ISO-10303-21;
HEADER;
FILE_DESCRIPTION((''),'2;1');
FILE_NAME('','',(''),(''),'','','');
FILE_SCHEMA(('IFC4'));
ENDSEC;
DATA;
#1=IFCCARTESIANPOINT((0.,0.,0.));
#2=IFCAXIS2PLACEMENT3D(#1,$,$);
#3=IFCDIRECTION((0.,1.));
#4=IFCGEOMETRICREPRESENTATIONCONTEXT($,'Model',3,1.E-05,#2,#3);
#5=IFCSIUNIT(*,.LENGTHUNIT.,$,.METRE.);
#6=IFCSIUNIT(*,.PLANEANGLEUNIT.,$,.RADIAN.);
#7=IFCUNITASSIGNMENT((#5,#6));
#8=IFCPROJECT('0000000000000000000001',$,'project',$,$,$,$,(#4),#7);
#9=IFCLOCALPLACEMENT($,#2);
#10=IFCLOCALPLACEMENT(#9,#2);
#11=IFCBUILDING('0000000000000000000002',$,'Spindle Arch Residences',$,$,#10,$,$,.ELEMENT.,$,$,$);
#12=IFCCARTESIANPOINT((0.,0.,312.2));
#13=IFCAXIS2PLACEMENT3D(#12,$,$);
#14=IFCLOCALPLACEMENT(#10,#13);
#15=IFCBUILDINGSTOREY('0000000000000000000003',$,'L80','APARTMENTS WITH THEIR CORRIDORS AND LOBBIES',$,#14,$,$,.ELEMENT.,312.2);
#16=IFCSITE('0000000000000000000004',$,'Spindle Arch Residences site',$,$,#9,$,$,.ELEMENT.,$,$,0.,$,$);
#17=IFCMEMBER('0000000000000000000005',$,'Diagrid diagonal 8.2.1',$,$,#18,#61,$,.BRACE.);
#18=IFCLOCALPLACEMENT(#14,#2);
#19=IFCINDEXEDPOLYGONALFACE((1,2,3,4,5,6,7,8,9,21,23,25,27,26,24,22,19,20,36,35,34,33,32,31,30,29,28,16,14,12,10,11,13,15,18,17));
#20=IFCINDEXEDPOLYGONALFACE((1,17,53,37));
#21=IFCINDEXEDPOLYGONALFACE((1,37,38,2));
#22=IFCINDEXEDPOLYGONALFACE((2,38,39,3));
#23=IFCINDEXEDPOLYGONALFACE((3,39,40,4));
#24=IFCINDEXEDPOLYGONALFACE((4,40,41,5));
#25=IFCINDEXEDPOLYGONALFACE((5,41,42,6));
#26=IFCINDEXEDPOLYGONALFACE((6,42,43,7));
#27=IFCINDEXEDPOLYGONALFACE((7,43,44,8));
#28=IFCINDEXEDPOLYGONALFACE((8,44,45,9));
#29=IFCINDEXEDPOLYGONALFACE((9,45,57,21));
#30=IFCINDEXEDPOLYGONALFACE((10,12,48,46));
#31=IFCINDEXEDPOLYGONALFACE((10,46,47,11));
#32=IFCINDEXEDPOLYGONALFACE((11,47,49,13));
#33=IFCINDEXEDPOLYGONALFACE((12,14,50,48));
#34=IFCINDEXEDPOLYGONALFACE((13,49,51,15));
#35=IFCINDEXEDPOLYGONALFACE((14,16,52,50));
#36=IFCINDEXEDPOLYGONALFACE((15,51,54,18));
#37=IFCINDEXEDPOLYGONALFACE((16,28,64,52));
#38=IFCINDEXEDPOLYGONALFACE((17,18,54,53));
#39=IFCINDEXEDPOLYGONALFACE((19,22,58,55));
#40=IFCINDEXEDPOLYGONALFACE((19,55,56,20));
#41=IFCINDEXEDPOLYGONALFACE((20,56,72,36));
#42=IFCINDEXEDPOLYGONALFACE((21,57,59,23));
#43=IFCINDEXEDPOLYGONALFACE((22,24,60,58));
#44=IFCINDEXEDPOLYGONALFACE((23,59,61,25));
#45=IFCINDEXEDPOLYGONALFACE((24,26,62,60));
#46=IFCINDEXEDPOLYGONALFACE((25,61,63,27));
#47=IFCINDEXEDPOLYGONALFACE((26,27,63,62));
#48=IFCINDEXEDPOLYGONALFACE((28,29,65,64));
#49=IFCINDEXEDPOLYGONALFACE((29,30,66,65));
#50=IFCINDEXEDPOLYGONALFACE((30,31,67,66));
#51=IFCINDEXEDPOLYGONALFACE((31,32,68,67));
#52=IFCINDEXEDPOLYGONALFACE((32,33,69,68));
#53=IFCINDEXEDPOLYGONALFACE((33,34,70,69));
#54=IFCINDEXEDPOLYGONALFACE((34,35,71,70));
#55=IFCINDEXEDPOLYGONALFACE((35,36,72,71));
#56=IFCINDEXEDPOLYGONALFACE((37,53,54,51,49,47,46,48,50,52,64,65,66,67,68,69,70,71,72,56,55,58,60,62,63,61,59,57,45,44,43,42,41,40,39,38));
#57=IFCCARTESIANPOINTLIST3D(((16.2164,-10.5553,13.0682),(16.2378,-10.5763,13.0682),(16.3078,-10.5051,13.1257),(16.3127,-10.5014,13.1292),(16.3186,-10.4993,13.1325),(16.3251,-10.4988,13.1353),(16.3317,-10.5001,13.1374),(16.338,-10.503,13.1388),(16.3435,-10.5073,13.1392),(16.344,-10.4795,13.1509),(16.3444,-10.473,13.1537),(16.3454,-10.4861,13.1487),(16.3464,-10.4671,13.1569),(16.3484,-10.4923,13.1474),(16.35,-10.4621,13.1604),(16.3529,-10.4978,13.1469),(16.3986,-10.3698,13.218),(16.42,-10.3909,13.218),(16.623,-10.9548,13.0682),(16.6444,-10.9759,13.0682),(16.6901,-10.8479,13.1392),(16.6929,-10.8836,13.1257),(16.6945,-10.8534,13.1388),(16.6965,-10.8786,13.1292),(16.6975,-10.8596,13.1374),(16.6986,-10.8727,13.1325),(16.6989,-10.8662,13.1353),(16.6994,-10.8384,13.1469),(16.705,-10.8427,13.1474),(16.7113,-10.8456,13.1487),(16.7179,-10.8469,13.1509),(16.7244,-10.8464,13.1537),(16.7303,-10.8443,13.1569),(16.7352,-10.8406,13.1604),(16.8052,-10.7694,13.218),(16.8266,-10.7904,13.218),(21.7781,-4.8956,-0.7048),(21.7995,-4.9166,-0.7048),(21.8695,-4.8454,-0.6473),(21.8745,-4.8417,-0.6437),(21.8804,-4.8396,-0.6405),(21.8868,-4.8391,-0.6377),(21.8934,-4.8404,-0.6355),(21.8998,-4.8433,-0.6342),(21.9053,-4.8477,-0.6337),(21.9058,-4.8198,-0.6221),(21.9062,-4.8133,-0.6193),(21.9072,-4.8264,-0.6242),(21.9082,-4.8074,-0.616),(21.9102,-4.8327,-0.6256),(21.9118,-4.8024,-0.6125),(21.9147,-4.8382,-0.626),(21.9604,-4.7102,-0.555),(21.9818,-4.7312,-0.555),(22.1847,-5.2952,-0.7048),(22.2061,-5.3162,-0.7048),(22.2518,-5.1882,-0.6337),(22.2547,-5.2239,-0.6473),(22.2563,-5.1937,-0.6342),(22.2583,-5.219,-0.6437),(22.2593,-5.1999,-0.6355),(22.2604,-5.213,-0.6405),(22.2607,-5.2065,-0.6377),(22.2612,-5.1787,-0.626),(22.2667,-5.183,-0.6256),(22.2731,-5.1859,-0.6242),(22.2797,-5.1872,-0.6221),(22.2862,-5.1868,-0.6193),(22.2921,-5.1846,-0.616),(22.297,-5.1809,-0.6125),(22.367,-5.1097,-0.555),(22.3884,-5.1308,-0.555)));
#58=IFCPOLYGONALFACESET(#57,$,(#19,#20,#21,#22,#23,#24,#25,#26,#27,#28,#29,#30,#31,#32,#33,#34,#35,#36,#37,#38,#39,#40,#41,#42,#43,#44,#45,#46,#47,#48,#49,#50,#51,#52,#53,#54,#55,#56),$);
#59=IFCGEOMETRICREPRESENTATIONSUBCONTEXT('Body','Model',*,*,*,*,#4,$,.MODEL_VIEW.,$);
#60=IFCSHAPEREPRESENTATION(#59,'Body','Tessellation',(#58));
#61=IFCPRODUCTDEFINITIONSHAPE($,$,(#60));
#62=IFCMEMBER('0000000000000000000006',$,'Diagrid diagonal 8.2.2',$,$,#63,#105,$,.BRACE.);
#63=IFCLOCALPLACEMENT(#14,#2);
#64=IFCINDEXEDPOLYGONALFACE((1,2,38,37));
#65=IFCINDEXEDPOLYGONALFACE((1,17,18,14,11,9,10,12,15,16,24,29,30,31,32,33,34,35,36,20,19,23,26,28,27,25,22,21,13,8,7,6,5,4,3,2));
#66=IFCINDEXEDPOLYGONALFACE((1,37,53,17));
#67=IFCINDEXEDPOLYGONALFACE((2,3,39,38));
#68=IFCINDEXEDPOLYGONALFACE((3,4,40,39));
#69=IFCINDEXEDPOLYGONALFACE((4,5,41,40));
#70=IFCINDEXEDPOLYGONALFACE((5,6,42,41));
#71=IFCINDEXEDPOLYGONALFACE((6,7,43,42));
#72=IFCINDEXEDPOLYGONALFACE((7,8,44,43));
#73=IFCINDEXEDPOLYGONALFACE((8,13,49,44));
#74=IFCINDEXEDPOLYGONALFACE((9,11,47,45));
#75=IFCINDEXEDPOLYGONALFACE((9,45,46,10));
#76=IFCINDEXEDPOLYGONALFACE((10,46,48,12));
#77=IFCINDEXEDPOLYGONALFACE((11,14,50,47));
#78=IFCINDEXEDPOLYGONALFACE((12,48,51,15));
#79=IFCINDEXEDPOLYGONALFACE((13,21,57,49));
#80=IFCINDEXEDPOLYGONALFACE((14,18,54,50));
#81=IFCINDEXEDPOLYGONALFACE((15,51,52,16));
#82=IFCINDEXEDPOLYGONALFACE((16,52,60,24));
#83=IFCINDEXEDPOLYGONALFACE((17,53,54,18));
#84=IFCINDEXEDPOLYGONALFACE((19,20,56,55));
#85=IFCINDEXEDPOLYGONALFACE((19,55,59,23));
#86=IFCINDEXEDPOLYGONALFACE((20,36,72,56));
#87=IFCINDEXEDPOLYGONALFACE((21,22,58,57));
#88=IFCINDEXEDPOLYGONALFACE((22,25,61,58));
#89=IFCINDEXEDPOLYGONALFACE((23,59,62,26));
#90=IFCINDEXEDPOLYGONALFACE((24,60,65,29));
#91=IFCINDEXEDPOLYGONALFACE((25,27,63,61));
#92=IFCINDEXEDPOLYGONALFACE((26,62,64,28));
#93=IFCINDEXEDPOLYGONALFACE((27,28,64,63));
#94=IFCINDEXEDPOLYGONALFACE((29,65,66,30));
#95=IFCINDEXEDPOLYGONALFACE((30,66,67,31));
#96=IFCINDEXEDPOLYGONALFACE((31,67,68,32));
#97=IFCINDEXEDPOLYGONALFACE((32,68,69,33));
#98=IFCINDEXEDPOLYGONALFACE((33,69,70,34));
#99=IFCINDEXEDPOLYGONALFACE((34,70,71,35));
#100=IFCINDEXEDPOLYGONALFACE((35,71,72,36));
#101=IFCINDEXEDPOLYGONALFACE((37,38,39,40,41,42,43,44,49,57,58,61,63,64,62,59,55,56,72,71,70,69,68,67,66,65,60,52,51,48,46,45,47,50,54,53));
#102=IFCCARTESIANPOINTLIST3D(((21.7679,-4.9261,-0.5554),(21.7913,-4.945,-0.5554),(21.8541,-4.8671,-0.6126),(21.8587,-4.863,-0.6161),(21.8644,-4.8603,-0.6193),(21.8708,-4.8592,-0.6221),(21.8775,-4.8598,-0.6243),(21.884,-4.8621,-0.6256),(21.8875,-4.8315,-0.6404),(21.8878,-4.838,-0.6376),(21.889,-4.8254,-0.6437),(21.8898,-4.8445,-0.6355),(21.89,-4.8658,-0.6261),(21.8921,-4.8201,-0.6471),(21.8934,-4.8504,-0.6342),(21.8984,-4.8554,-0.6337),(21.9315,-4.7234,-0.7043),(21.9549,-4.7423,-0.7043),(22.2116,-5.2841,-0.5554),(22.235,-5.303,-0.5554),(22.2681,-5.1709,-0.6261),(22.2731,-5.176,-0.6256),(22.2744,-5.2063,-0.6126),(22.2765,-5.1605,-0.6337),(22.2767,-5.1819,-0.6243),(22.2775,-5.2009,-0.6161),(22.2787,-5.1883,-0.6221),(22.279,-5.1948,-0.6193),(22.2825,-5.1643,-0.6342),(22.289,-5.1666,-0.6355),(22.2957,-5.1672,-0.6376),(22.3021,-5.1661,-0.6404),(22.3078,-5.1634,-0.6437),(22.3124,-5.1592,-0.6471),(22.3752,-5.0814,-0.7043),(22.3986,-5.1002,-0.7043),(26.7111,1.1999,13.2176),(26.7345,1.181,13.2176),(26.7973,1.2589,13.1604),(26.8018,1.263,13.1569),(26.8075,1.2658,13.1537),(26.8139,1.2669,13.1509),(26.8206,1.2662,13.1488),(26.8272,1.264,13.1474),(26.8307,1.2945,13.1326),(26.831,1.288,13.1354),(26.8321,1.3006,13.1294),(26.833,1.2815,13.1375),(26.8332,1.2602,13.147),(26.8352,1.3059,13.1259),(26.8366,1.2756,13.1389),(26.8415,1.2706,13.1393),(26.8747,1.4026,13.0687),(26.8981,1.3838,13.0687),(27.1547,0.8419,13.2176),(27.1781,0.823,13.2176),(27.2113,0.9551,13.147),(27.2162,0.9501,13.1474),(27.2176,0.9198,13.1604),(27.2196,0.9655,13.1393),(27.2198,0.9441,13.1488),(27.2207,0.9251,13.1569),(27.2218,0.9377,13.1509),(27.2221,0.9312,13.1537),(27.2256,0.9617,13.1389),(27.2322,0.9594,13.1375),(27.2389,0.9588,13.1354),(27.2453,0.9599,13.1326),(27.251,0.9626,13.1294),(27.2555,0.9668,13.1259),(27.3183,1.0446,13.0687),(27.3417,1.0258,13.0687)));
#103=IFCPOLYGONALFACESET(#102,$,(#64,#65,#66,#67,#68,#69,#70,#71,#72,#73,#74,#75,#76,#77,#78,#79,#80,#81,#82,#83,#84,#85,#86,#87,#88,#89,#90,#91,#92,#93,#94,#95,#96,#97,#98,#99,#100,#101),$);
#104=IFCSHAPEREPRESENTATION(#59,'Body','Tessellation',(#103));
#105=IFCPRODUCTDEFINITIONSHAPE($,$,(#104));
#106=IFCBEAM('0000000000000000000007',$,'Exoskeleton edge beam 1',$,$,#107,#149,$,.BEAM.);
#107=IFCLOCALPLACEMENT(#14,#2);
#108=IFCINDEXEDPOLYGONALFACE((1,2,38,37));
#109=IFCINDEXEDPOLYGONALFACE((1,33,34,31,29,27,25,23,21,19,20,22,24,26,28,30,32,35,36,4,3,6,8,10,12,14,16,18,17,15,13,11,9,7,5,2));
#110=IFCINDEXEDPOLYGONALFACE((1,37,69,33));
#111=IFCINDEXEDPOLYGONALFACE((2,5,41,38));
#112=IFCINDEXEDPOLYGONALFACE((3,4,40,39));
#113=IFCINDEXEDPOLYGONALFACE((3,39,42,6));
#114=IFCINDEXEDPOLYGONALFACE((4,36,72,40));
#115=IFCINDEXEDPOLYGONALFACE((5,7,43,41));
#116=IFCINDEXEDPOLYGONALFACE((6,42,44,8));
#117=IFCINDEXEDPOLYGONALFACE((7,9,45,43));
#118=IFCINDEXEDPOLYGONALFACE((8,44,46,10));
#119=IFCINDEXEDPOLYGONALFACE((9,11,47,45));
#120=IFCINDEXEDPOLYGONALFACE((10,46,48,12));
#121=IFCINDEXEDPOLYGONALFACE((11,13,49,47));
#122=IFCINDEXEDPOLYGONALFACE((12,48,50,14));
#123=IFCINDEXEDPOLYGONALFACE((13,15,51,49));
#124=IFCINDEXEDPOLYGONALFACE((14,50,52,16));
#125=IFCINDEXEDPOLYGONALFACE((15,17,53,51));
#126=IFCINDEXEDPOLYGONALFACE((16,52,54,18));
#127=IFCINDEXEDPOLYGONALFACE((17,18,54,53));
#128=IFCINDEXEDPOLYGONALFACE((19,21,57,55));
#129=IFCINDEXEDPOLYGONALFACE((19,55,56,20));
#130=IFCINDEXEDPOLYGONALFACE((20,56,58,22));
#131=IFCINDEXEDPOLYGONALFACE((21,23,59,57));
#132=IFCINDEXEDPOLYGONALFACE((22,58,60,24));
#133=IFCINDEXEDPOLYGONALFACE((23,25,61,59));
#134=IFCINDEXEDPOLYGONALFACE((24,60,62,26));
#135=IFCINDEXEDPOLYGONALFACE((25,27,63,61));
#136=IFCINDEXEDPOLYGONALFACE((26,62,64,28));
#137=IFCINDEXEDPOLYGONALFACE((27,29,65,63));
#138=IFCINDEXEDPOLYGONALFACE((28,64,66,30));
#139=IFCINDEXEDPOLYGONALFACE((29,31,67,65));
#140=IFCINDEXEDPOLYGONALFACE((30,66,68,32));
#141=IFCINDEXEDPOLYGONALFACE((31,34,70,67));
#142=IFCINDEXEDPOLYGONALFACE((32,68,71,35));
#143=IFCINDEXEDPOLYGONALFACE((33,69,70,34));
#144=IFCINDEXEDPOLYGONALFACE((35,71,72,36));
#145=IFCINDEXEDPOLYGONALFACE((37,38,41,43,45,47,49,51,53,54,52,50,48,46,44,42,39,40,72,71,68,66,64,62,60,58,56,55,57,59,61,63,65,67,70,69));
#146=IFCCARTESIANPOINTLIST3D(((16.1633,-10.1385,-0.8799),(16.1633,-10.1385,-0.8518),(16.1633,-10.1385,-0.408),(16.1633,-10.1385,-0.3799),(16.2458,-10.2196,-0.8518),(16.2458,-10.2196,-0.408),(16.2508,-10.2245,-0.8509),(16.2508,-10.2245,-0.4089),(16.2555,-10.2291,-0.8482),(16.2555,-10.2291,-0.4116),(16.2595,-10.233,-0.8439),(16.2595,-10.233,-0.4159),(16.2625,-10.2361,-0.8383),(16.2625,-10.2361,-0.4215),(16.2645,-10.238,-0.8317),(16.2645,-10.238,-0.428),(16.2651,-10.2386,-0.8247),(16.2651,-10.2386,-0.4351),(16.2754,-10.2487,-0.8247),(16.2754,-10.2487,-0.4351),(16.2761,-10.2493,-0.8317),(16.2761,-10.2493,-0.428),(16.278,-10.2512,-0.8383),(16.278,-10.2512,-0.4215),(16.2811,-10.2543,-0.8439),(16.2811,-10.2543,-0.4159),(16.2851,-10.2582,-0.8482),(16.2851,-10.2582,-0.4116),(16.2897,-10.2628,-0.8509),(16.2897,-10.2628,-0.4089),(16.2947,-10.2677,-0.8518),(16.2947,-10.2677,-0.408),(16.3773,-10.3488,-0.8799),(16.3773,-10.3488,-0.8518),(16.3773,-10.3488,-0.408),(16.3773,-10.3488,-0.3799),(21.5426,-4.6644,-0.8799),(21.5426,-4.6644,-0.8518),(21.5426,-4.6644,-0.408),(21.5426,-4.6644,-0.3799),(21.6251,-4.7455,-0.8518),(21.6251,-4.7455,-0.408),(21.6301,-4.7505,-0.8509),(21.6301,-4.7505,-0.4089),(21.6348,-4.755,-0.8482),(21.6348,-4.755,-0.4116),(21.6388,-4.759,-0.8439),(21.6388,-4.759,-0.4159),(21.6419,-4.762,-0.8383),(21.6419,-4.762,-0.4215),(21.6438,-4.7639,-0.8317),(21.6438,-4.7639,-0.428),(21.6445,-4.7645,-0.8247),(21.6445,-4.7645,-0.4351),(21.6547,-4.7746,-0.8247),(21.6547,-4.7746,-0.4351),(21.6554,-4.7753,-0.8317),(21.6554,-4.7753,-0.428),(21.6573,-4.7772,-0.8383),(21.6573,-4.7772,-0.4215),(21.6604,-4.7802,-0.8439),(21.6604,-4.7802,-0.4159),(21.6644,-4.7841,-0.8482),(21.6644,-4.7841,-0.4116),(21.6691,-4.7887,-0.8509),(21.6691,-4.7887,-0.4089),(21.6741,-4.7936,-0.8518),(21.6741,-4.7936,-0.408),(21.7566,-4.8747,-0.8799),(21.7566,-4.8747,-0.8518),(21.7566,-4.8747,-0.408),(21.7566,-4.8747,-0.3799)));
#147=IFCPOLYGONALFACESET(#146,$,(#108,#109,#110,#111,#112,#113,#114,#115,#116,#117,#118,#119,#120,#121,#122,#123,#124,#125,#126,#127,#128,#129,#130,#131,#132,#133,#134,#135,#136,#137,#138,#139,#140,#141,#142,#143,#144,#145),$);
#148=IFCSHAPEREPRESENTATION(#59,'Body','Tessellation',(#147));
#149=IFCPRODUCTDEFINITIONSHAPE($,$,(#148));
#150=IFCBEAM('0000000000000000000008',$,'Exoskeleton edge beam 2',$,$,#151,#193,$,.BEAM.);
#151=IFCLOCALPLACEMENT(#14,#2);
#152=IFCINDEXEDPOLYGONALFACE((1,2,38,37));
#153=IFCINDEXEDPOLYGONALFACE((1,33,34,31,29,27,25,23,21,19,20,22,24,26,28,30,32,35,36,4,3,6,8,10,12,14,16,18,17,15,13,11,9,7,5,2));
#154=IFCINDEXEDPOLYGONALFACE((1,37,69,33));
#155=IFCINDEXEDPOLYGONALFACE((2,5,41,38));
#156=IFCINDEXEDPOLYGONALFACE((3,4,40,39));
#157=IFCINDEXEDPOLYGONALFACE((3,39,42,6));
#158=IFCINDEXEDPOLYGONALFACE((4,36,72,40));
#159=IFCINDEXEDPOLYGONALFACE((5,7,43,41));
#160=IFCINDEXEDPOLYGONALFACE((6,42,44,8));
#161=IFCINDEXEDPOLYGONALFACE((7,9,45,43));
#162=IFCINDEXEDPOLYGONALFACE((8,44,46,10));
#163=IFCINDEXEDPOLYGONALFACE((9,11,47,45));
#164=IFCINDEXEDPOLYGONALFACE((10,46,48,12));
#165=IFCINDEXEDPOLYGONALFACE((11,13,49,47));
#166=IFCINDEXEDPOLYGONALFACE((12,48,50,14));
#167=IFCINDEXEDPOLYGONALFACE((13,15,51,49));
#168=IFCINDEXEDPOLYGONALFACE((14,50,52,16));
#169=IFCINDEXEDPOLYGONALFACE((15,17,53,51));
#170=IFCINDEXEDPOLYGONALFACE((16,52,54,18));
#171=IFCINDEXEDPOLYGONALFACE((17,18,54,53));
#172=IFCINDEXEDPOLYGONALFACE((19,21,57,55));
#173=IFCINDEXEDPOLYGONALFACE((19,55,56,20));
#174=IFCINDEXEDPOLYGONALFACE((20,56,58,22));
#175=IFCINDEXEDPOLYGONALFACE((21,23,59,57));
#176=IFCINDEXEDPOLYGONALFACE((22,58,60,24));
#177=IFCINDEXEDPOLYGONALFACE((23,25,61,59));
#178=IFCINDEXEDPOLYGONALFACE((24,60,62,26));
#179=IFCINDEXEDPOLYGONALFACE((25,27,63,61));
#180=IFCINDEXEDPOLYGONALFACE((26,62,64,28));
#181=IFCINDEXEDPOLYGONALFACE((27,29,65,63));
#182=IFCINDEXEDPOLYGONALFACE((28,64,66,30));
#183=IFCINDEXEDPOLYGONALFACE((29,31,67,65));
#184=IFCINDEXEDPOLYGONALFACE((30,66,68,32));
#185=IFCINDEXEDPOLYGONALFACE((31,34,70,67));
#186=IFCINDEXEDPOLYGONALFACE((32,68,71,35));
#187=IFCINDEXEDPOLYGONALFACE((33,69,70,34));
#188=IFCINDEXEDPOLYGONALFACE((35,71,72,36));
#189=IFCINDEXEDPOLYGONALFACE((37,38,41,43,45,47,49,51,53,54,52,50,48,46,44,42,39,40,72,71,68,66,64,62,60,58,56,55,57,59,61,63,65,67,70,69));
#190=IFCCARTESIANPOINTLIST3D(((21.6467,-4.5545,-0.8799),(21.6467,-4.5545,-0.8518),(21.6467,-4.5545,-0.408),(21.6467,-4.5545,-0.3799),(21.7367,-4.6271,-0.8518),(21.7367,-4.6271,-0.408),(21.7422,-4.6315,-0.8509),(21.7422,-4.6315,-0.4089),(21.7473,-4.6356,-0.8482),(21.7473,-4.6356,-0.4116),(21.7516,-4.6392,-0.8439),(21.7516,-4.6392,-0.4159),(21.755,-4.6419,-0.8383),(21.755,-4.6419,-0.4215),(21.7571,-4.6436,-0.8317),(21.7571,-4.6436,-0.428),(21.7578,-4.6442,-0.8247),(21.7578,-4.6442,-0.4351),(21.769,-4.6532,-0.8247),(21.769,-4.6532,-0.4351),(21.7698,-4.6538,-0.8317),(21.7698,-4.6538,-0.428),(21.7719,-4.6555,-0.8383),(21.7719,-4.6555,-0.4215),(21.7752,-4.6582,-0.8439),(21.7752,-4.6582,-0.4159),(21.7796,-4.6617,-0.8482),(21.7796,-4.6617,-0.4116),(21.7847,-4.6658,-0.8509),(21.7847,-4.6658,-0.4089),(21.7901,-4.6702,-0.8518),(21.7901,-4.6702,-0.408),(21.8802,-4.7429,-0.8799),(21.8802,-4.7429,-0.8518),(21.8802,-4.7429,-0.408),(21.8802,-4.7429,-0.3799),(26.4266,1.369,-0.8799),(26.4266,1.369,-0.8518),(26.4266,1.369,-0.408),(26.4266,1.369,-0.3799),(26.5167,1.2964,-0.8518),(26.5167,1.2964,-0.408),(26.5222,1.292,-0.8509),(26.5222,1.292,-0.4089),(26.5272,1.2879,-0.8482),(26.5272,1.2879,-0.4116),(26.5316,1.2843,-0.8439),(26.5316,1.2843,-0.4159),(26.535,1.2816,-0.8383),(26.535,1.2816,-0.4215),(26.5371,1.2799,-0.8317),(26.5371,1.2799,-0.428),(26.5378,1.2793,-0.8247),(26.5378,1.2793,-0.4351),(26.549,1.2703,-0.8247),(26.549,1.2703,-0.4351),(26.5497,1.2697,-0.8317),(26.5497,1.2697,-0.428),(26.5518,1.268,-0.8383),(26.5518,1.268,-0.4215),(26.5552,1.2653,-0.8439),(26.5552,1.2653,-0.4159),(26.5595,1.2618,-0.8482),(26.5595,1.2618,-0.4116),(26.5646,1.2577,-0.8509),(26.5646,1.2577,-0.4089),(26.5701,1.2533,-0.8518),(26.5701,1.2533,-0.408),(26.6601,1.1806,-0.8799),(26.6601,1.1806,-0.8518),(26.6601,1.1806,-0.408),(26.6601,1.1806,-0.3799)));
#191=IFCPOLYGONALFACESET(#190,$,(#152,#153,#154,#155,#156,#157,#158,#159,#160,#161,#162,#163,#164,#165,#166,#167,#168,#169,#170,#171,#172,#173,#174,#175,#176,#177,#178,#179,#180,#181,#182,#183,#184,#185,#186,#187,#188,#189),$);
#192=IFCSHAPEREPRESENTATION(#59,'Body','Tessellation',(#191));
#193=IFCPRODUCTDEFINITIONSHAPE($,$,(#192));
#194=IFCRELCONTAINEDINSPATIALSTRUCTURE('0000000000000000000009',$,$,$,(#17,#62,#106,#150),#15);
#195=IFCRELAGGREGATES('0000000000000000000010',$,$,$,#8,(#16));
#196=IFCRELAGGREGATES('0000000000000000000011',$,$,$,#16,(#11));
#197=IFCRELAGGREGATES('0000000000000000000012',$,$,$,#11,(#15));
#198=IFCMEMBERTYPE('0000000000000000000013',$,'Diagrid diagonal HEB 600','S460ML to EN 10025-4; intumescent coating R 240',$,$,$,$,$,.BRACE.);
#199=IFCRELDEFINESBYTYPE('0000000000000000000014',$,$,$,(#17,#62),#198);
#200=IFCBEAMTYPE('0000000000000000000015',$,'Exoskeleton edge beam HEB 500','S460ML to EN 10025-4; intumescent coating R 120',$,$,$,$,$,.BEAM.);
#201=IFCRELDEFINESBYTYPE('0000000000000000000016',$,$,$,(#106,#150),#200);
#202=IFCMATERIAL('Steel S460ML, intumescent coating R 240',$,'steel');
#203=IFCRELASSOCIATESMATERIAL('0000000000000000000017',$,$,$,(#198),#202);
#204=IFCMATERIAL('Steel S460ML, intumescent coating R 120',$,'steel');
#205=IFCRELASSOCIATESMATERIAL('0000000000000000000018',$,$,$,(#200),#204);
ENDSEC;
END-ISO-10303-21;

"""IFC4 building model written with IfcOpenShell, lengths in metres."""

from ifc_helpers import new_model, si_unit, direction, frame, origin, origin_2d, place, context, subcontext, project, spatial, i_section, extrude, material, material_profile, profile_set, type_object, element, save


model = new_model("IFC4")

# Units and contexts
model_context = context("Model", 3, precision=1e-05, world=origin(), true_north=direction((0.0, 1.0)))
body_context = subcontext(model_context, "Body", "Model", "MODEL_VIEW")
ifc_project = project(units=[si_unit("LENGTHUNIT", "METRE"), si_unit("PLANEANGLEUNIT", "RADIAN")], contexts=[model_context])

# Site, building, storey
site_placement = place(None, origin())
site = spatial("IfcSite", under=ifc_project, at=site_placement, Name="Spindle Arch Residences site", CompositionType="ELEMENT", RefElevation=0.0)
building_placement = place(site_placement, origin())
building = spatial("IfcBuilding", under=site, at=building_placement, Name="Spindle Arch Residences", CompositionType="ELEMENT")
storey_placement = place(building_placement, frame((0.0, 0.0, 312.2)))
storey = spatial("IfcBuildingStorey", under=building, at=storey_placement, Name="L80", Description="APARTMENTS WITH THEIR CORRIDORS AND LOBBIES", CompositionType="ELEMENT", Elevation=312.2)

# Members
ifc_material_1 = material(Name="Steel S460ML, intumescent coating R 240", Category="steel")
ifc_material_profile_1 = material_profile(ifc_material_1, i_section(OverallWidth=0.3, OverallDepth=0.6001, WebThickness=0.0154, FlangeThickness=0.03, FilletRadius=0.0271, at=origin_2d()), Name="HEB 600")
ifc_profile_set_1 = profile_set([ifc_material_profile_1], Name="Steel S460ML, intumescent coating R 240")
member_type_1 = type_object("IfcMemberType", Name="Diagrid diagonal HEB 600", Description="S460ML to EN 10025-4; intumescent coating R 240", PredefinedType="BRACE", material=ifc_profile_set_1)
member_1_placement = place(storey_placement, frame((22.0833, -5.0132, -0.6299), z_axis=(-0.349901, -0.35606, 0.866482), x_axis=(0.607327, 0.618017, 0.499209)))
element("IfcMember", 1, at=member_1_placement, inside=storey, type_object=member_type_1, Name="Diagrid diagonal 8.2.1", PredefinedType="BRACE", context=body_context, shape_type="SweptSolid", body=[
    extrude(i_section(OverallWidth=0.3, OverallDepth=0.6001, WebThickness=0.0154, FlangeThickness=0.03, FilletRadius=0.0271, at=origin_2d()), origin(), (0.0, 0.0, 1.0), 15.8953),
])
member_2_placement = place(storey_placement, frame((22.0833, -5.0132, -0.6299), z_axis=(0.3116, 0.386164, 0.868207), x_axis=(-0.545207, -0.675672, 0.496202)))
element("IfcMember", 2, at=member_2_placement, inside=storey, type_object=member_type_1, Name="Diagrid diagonal 8.2.2", PredefinedType="BRACE", context=body_context, shape_type="SweptSolid", body=[
    extrude(i_section(OverallWidth=0.3, OverallDepth=0.6001, WebThickness=0.0154, FlangeThickness=0.03, FilletRadius=0.0271, at=origin_2d()), origin(), (0.0, 0.0, 1.0), 15.8638),
])

# Beams
ifc_material_2 = material(Name="Steel S460ML, intumescent coating R 120", Category="steel")
ifc_material_profile_2 = material_profile(ifc_material_2, i_section(OverallWidth=0.3, OverallDepth=0.5, WebThickness=0.0144, FlangeThickness=0.0281, FilletRadius=0.0271, at=origin_2d()), Name="HEB 500")
ifc_profile_set_2 = profile_set([ifc_material_profile_2], Name="Steel S460ML, intumescent coating R 120")
beam_type_1 = type_object("IfcBeamType", Name="Exoskeleton edge beam HEB 500", Description="S460ML to EN 10025-4; intumescent coating R 120", PredefinedType="BEAM", material=ifc_profile_set_2)
beam_1_placement = place(storey_placement, frame((16.2703, -10.2437, -0.6299), z_axis=(0.700909, 0.713251, 0.0), x_axis=(-0.713251, 0.700909, 0.0)))
element("IfcBeam", 3, at=beam_1_placement, inside=storey, type_object=beam_type_1, Name="Exoskeleton edge beam 1", PredefinedType="BEAM", context=body_context, shape_type="SweptSolid", body=[
    extrude(i_section(OverallWidth=0.3, OverallDepth=0.5, WebThickness=0.0144, FlangeThickness=0.0281, FilletRadius=0.0271, at=origin_2d()), origin(), (0.0, 0.0, 1.0), 7.6748),
])
beam_2_placement = place(storey_placement, frame((21.7634, -4.6487, -0.6299), z_axis=(0.627987, 0.778224, 0.0), x_axis=(-0.778224, 0.627987, 0.0)))
element("IfcBeam", 4, at=beam_2_placement, inside=storey, type_object=beam_type_1, Name="Exoskeleton edge beam 2", PredefinedType="BEAM", context=body_context, shape_type="SweptSolid", body=[
    extrude(i_section(OverallWidth=0.3, OverallDepth=0.5, WebThickness=0.0144, FlangeThickness=0.0281, FilletRadius=0.0271, at=origin_2d()), origin(), (0.0, 0.0, 1.0), 7.6116),
])

save(model, "model.ifc")
